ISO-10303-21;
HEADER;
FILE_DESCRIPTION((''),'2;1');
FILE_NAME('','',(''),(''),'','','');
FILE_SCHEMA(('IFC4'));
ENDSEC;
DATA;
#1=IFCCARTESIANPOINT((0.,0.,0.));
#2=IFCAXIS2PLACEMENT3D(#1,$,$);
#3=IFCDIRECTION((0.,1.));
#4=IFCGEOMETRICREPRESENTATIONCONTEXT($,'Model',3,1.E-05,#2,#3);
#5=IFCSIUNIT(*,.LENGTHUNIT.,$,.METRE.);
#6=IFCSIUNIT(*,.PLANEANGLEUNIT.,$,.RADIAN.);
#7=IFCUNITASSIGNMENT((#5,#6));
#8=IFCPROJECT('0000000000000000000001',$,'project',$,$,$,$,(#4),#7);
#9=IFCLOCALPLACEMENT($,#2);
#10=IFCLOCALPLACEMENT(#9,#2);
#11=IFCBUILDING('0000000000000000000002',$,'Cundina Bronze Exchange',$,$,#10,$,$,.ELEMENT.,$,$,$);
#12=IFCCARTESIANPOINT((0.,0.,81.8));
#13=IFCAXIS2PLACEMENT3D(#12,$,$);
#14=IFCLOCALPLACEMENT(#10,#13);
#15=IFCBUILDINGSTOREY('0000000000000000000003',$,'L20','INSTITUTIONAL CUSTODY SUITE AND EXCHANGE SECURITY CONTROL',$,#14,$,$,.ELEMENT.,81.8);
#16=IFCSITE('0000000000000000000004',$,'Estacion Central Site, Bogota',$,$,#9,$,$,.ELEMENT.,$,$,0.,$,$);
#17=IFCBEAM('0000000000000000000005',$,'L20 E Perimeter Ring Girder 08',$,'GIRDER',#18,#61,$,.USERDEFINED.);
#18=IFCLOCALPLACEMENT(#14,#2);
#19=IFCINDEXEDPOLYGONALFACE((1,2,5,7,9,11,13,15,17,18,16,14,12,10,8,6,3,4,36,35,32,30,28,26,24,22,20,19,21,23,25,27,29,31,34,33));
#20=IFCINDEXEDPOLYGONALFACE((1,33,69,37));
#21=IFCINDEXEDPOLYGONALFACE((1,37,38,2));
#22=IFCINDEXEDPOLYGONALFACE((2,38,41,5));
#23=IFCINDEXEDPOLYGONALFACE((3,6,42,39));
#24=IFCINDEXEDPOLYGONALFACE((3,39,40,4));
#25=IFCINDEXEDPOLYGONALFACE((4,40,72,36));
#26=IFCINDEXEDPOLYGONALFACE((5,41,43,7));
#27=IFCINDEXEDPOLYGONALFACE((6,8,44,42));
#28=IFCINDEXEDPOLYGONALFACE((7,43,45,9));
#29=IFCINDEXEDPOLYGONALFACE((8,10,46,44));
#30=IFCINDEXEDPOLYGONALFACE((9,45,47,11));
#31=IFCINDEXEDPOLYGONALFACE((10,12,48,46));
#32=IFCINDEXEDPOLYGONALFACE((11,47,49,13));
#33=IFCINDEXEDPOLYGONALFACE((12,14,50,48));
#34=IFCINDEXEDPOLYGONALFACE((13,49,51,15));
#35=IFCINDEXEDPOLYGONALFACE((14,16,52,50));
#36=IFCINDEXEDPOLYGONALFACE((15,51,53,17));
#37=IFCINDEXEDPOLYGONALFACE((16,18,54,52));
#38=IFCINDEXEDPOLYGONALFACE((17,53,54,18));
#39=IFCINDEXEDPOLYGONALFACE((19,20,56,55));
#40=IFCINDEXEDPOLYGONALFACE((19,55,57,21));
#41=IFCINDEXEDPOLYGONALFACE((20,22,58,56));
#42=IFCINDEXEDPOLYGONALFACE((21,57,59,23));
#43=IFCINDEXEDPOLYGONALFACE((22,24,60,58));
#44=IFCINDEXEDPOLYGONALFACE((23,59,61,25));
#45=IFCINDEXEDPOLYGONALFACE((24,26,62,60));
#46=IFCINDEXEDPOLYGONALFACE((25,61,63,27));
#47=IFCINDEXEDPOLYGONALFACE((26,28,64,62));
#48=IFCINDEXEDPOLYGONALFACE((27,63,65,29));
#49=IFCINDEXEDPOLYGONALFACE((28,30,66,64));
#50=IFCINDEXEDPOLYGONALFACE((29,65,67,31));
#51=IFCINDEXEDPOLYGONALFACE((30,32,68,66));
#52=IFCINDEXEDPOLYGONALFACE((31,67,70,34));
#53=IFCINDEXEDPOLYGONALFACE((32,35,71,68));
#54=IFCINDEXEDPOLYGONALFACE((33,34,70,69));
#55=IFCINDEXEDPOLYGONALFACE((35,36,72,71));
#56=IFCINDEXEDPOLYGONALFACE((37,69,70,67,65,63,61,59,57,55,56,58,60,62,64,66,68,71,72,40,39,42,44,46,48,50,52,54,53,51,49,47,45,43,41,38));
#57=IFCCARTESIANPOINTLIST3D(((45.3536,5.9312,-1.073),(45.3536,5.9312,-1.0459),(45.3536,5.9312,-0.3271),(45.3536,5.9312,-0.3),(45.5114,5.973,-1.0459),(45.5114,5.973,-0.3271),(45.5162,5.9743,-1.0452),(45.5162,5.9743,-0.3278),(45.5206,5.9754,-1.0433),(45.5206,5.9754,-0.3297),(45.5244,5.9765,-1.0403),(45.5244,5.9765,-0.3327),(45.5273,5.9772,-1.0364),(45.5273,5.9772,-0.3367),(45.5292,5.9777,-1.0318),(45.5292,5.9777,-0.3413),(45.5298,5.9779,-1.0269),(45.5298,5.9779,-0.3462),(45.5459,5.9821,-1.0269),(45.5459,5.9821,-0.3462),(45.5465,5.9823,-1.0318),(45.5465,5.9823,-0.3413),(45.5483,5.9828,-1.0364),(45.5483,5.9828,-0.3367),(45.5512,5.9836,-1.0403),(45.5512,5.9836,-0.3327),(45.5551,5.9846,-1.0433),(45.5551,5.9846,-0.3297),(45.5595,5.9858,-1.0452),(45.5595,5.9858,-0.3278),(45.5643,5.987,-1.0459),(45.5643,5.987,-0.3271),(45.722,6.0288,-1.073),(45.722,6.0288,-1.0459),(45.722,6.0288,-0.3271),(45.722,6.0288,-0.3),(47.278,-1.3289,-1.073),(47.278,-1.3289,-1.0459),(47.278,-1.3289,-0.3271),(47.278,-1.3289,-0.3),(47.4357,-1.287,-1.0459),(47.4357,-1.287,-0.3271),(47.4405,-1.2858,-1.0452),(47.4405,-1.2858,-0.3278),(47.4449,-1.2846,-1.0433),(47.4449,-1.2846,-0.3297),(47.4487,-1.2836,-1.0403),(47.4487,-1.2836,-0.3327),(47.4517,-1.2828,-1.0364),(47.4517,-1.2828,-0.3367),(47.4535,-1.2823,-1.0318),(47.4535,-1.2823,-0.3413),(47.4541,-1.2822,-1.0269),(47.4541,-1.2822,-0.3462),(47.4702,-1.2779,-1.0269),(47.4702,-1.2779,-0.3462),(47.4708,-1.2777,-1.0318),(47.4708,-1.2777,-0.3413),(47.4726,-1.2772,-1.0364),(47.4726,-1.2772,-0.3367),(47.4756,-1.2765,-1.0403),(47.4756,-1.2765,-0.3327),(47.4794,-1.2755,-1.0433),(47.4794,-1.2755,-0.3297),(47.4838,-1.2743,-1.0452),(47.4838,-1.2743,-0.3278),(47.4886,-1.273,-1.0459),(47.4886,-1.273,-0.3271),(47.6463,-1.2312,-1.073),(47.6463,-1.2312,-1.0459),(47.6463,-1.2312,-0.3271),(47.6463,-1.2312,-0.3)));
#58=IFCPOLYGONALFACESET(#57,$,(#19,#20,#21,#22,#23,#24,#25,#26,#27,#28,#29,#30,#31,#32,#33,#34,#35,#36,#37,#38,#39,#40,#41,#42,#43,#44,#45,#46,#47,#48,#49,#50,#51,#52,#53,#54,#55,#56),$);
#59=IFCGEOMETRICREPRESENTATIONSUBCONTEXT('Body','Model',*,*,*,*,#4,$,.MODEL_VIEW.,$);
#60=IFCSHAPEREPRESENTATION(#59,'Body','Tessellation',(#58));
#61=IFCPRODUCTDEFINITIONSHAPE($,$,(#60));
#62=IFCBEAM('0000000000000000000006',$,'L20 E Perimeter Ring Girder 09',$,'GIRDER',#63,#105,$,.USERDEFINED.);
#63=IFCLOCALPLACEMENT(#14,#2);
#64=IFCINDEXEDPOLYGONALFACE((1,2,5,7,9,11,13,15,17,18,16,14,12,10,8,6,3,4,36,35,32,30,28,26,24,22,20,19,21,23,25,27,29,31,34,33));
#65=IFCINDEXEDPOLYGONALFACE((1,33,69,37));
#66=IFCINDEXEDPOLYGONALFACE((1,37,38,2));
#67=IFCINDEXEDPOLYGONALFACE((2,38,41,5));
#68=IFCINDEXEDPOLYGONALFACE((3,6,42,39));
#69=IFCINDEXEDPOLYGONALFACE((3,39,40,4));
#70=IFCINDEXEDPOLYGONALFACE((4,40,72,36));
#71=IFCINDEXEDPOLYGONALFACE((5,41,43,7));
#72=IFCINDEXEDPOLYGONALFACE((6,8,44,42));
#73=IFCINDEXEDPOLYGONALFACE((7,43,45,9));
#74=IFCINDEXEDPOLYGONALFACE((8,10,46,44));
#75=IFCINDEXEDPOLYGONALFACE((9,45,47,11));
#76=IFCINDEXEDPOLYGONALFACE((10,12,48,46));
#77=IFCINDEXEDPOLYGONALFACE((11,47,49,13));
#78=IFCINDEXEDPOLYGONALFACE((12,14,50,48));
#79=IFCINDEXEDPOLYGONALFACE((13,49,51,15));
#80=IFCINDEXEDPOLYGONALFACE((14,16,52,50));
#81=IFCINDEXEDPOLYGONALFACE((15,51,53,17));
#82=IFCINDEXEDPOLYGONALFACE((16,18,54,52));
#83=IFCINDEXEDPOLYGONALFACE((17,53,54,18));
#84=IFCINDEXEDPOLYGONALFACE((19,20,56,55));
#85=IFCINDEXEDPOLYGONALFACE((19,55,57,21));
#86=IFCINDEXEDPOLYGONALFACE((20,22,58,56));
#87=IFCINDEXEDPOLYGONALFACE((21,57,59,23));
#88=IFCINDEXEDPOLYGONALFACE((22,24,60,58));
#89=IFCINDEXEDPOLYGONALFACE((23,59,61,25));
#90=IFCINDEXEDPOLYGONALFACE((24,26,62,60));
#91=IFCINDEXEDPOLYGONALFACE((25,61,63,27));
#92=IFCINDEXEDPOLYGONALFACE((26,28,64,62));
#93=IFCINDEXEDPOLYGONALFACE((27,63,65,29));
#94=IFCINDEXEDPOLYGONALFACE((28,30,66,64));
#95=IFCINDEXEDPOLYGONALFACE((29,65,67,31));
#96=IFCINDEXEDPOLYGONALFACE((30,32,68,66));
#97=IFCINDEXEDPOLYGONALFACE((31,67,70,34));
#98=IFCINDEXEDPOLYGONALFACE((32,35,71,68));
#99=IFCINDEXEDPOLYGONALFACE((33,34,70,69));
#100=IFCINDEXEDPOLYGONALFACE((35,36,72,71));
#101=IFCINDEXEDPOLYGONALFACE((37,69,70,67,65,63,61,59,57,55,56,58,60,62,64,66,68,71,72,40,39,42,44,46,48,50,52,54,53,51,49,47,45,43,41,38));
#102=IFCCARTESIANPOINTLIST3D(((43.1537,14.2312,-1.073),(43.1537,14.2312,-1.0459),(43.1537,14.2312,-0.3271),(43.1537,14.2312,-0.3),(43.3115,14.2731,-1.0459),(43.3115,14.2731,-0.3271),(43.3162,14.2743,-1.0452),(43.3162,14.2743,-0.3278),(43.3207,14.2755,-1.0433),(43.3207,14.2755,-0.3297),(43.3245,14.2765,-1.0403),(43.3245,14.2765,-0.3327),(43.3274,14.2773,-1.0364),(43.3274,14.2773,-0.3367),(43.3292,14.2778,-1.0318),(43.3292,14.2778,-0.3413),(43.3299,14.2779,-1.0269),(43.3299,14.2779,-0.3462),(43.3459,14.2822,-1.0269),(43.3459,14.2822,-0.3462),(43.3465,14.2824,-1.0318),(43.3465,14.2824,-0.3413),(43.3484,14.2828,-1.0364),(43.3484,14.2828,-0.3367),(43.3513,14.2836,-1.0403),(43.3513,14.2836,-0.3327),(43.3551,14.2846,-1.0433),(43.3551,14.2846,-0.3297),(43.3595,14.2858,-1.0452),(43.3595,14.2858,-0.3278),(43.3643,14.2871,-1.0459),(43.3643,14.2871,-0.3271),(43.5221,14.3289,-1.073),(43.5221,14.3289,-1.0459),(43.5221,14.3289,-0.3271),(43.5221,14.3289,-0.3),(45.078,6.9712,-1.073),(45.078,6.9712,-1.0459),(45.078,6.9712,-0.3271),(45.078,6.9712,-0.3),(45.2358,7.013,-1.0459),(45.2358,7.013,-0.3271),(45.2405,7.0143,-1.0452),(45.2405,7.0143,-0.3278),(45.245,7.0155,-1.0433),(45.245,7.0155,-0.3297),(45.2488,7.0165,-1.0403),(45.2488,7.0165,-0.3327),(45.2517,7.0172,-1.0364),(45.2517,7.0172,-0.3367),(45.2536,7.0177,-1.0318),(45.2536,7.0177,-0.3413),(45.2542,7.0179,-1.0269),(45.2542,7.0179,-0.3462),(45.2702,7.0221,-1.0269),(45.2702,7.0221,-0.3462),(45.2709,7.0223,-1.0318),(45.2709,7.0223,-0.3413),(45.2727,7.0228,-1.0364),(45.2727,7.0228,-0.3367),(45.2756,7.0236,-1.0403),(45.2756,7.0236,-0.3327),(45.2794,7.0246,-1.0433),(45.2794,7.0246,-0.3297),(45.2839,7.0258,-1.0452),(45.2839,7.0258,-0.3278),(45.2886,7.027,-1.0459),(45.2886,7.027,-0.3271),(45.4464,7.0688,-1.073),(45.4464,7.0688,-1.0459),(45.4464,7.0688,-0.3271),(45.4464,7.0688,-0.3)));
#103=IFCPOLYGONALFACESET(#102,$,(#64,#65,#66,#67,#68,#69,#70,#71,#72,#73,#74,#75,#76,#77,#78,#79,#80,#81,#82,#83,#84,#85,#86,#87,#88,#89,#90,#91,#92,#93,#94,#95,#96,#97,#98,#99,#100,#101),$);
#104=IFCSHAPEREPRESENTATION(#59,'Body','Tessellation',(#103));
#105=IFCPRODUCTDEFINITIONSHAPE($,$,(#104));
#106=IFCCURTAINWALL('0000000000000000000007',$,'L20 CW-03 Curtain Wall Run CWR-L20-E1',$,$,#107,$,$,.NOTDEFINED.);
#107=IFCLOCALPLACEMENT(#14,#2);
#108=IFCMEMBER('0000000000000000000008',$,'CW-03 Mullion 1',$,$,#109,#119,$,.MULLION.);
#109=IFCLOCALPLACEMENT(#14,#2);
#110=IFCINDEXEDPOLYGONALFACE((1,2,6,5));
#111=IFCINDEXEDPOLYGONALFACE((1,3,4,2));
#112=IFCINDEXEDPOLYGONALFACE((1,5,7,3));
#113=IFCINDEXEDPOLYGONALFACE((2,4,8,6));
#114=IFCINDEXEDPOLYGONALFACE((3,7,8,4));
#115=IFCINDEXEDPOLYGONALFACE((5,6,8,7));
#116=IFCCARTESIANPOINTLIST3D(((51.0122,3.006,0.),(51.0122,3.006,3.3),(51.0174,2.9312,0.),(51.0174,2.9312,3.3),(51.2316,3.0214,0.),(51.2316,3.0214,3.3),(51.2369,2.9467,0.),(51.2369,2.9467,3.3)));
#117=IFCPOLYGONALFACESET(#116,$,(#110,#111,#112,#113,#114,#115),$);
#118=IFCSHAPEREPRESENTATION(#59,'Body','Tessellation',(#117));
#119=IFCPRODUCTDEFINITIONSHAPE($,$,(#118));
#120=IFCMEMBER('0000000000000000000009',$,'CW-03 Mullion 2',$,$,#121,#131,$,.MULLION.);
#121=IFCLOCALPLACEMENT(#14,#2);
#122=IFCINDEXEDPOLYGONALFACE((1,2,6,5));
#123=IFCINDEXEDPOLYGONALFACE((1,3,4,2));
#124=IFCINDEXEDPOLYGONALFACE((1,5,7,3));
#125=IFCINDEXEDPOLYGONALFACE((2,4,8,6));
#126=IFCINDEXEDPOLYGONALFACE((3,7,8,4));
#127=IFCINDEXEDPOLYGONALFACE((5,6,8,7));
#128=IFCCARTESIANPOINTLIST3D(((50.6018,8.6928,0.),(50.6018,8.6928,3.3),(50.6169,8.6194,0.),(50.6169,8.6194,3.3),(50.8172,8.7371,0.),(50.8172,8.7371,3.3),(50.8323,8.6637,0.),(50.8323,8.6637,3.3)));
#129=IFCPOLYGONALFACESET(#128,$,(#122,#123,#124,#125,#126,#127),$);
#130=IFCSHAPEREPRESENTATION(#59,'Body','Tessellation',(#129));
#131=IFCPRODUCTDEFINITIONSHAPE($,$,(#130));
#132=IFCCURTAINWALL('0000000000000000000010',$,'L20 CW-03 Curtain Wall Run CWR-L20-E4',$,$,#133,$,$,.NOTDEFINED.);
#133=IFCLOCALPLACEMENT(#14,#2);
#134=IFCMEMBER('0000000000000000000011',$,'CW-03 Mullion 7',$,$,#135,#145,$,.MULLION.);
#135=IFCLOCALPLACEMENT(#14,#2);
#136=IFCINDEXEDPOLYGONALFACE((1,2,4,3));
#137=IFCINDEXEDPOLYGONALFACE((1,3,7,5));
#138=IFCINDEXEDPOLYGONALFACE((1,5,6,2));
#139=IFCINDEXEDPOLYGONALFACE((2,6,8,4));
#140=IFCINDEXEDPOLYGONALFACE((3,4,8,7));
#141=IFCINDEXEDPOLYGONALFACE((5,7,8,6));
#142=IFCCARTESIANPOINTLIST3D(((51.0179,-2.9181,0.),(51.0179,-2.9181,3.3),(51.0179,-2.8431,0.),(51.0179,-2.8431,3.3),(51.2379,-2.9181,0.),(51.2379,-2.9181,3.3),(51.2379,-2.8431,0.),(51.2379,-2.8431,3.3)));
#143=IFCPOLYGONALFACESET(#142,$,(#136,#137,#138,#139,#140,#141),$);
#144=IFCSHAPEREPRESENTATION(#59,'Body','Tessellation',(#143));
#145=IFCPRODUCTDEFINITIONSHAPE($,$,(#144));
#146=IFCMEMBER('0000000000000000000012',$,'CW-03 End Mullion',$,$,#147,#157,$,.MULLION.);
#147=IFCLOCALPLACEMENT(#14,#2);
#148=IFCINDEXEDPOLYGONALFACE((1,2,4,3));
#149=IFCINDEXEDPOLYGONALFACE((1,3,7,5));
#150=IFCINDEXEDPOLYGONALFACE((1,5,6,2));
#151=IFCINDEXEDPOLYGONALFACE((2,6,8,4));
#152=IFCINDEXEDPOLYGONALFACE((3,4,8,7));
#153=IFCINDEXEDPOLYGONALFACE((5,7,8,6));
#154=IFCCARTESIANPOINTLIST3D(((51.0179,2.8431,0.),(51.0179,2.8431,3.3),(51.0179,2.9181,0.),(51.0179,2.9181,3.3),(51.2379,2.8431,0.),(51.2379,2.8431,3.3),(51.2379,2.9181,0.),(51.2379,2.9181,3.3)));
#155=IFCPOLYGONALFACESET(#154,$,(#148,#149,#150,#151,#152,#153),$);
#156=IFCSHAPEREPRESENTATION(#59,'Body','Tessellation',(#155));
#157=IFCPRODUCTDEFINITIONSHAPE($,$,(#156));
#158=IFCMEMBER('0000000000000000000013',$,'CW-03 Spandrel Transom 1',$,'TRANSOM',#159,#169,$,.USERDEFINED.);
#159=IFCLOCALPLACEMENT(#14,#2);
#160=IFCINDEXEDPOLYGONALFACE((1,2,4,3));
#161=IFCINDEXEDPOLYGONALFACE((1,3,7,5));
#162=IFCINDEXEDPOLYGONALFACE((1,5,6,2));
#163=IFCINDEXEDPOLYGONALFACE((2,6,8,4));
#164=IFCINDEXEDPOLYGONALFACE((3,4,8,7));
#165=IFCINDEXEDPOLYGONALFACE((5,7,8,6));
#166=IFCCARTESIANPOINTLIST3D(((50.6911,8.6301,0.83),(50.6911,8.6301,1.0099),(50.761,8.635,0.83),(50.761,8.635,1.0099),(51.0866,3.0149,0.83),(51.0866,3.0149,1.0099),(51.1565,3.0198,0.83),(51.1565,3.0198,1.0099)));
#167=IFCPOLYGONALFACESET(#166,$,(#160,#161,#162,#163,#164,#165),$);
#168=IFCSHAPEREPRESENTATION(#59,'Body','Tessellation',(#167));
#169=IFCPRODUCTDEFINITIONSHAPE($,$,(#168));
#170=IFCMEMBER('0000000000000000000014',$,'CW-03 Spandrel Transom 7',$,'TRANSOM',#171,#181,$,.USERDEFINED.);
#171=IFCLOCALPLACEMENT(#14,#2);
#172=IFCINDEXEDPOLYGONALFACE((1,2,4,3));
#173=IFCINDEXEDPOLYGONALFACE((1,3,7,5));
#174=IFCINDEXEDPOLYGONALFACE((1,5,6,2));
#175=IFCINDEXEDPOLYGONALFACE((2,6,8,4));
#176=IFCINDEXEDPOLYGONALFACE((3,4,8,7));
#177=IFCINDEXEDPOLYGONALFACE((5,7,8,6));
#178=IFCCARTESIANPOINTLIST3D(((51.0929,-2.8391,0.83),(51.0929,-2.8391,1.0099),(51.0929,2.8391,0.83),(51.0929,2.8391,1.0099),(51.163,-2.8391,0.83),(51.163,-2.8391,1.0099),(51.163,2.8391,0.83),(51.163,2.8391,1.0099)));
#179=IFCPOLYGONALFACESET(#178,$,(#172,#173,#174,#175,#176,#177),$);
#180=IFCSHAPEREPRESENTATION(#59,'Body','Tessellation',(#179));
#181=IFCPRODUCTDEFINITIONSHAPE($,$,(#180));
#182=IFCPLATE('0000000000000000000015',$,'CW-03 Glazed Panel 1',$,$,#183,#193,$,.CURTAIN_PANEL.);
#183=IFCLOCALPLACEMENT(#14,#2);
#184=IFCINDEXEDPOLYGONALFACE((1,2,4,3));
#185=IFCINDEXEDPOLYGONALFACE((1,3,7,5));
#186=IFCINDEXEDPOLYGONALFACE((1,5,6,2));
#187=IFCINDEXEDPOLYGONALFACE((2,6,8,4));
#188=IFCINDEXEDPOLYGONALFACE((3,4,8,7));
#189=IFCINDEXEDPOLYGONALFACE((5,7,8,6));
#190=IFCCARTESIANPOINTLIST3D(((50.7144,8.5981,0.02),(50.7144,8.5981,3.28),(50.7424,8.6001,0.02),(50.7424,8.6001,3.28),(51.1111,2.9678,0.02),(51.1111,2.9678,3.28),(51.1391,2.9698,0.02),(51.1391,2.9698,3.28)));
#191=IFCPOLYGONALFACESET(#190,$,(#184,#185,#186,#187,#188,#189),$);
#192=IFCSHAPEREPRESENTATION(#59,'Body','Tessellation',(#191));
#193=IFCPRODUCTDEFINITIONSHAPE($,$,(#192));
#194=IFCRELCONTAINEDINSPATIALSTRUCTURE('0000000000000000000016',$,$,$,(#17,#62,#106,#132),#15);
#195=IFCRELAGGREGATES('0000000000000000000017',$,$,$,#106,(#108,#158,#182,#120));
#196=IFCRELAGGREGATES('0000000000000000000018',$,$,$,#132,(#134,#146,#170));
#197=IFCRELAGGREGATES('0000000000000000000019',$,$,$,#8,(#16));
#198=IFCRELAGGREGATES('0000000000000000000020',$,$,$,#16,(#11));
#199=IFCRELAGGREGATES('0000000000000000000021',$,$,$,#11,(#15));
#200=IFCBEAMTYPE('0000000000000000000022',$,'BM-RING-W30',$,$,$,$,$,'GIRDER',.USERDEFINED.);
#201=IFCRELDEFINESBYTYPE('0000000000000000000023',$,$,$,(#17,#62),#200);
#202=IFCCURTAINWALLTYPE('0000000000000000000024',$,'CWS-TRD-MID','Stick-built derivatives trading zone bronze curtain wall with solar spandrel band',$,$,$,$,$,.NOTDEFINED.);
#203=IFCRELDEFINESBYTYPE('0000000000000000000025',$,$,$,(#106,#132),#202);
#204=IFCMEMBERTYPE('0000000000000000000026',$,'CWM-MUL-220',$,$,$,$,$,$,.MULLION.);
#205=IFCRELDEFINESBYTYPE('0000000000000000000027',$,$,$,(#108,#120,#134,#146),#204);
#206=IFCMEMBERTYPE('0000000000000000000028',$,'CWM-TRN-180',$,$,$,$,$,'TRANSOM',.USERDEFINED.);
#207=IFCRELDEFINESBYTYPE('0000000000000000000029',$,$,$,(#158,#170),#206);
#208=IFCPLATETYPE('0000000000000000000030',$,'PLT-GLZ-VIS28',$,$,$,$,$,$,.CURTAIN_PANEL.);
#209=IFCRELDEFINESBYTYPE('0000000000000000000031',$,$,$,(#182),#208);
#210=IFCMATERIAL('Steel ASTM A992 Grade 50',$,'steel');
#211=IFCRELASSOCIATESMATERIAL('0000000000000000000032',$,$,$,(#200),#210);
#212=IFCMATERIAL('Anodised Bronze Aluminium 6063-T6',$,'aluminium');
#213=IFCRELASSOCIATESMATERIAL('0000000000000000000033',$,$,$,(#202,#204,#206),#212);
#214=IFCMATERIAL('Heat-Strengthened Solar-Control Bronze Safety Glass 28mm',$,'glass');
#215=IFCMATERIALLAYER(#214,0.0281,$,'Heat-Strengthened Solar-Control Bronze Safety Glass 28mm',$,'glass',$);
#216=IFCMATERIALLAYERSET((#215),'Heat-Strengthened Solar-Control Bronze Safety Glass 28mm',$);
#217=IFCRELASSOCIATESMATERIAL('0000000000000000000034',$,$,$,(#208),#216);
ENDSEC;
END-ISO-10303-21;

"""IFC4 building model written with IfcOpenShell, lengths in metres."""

from ifc_helpers import new_model, si_unit, direction, frame, origin, origin_2d, place, context, subcontext, project, spatial, rectangle, i_section, extrude, material, layer, layer_set, material_profile, profile_set, type_object, element, aggregate, save


model = new_model("IFC4")

# Units and contexts
model_context = context("Model", 3, precision=1e-05, world=origin(), true_north=direction((0.0, 1.0)))
body_context = subcontext(model_context, "Body", "Model", "MODEL_VIEW")
ifc_project = project(units=[si_unit("LENGTHUNIT", "METRE"), si_unit("PLANEANGLEUNIT", "RADIAN")], contexts=[model_context])

# Site, building, storey
site_placement = place(None, origin())
site = spatial("IfcSite", under=ifc_project, at=site_placement, Name="Estacion Central Site, Bogota", CompositionType="ELEMENT", RefElevation=0.0)
building_placement = place(site_placement, origin())
building = spatial("IfcBuilding", under=site, at=building_placement, Name="Cundina Bronze Exchange", CompositionType="ELEMENT")
storey_placement = place(building_placement, frame((0.0, 0.0, 81.8)))
storey = spatial("IfcBuildingStorey", under=building, at=storey_placement, Name="L20", Description="INSTITUTIONAL CUSTODY SUITE AND EXCHANGE SECURITY CONTROL", CompositionType="ELEMENT", Elevation=81.8)

# Beams
ifc_material_1 = material(Name="Steel ASTM A992 Grade 50", Category="steel")
ifc_material_profile_1 = material_profile(ifc_material_1, i_section(OverallWidth=0.3811, OverallDepth=0.7729, WebThickness=0.0166, FlangeThickness=0.0271, FilletRadius=0.019, at=origin_2d()), Name="W30X173", Category="steel")
ifc_profile_set_1 = profile_set([ifc_material_profile_1], Name="Steel ASTM A992 Grade 50")
beam_type_1 = type_object("IfcBeamType", Name="BM-RING-W30", ElementType="GIRDER", PredefinedType="USERDEFINED", material=ifc_profile_set_1)
for number, where, z_axis, x_axis, name in (
    (1, (47.4622, -1.28, -0.6865), (-0.25621, 0.966621, 0.0), (-0.966621, -0.25621, 0.0), "L20 E Perimeter Ring Girder 08"),
    (2, (45.2622, 7.02, -0.6865), (-0.25621, 0.966621, 0.0), (-0.966621, -0.25621, 0.0), "L20 E Perimeter Ring Girder 09"),
):
    element("IfcBeam", number, at=place(storey_placement, frame(where, z_axis=z_axis, x_axis=x_axis)), inside=storey, type_object=beam_type_1, Name=name, ObjectType="GIRDER", PredefinedType="USERDEFINED", context=body_context, shape_type="SweptSolid", body=[
        extrude(i_section(OverallWidth=0.3811, OverallDepth=0.7729, WebThickness=0.0166, FlangeThickness=0.0271, FilletRadius=0.019, at=origin_2d()), origin(), (0.0, 0.0, 1.0), 7.5107),
    ])

# Curtain walls, members
ifc_material_2 = material(Name="Anodised Bronze Aluminium 6063-T6", Category="aluminium")
curtain_wall_type = type_object("IfcCurtainWallType", Name="CWS-TRD-MID", Description="Stick-built derivatives trading zone bronze curtain wall with solar spandrel band", PredefinedType="NOTDEFINED", material=ifc_material_2)
curtain_wall_1_placement = place(storey_placement, origin())
curtain_wall_1 = element("IfcCurtainWall", 3, at=curtain_wall_1_placement, inside=storey, type_object=curtain_wall_type, Name="L20 CW-03 Curtain Wall Run CWR-L20-E1", PredefinedType="NOTDEFINED")
ifc_material_profile_2 = material_profile(ifc_material_2, rectangle(XDim=0.075, YDim=0.22, at=origin_2d()), Name="AL75X220", Category="aluminium")
ifc_profile_set_2 = profile_set([ifc_material_profile_2], Name="Anodised Bronze Aluminium 6063-T6")
member_type_1 = type_object("IfcMemberType", Name="CWM-MUL-220", PredefinedType="MULLION", material=ifc_profile_set_2)
member_1_placement = place(storey_placement, frame((51.1245, 2.9763, 0.0), z_axis=(0.0, 0.0, 1.0), x_axis=(-0.070279, 0.997527, 0.0)))
member_1 = element("IfcMember", 4, at=member_1_placement, type_object=member_type_1, Name="CW-03 Mullion 1", PredefinedType="MULLION", context=body_context, shape_type="SweptSolid", body=[
    extrude(rectangle(XDim=0.075, YDim=0.22, at=origin_2d()), origin(), (0.0, 0.0, 1.0), 3.3),
])
member_2_placement = place(storey_placement, frame((50.717, 8.6782, 0.0), z_axis=(0.0, 0.0, 1.0), x_axis=(-0.20142, 0.979505, 0.0)))
member_2 = element("IfcMember", 5, at=member_2_placement, type_object=member_type_1, Name="CW-03 Mullion 2", PredefinedType="MULLION", context=body_context, shape_type="SweptSolid", body=[
    extrude(rectangle(XDim=0.075, YDim=0.22, at=origin_2d()), origin(), (0.0, 0.0, 1.0), 3.3),
])
curtain_wall_2_placement = place(storey_placement, origin())
curtain_wall_2 = element("IfcCurtainWall", 6, at=curtain_wall_2_placement, inside=storey, type_object=curtain_wall_type, Name="L20 CW-03 Curtain Wall Run CWR-L20-E4", PredefinedType="NOTDEFINED")
member_3_placement = place(storey_placement, frame((51.1279, -2.8806, 0.0), z_axis=(0.0, 0.0, 1.0), x_axis=(0.0, 1.0, 0.0)))
member_3 = element("IfcMember", 7, at=member_3_placement, type_object=member_type_1, Name="CW-03 Mullion 7", PredefinedType="MULLION", context=body_context, shape_type="SweptSolid", body=[
    extrude(rectangle(XDim=0.075, YDim=0.22, at=origin_2d()), origin(), (0.0, 0.0, 1.0), 3.3),
])
member_4_placement = place(storey_placement, frame((51.1279, 2.8806, 0.0), z_axis=(0.0, 0.0, 1.0), x_axis=(0.0, 1.0, 0.0)))
member_4 = element("IfcMember", 8, at=member_4_placement, type_object=member_type_1, Name="CW-03 End Mullion", PredefinedType="MULLION", context=body_context, shape_type="SweptSolid", body=[
    extrude(rectangle(XDim=0.075, YDim=0.22, at=origin_2d()), origin(), (0.0, 0.0, 1.0), 3.3),
])

# Members
ifc_material_profile_3 = material_profile(ifc_material_2, rectangle(XDim=0.0701, YDim=0.1799, at=origin_2d()), Name="AL70X180", Category="aluminium")
ifc_profile_set_3 = profile_set([ifc_material_profile_3], Name="Anodised Bronze Aluminium 6063-T6")
member_type_2 = type_object("IfcMemberType", Name="CWM-TRN-180", ElementType="TRANSOM", PredefinedType="USERDEFINED", material=ifc_profile_set_3)
member_5_placement = place(storey_placement, frame((51.1216, 3.0173, 0.9199), z_axis=(-0.070261, 0.997529, 0.0), x_axis=(-0.997529, -0.070261, 0.0)))
member_5 = element("IfcMember", 9, at=member_5_placement, type_object=member_type_2, Name="CW-03 Spandrel Transom 1", ObjectType="TRANSOM", PredefinedType="USERDEFINED", context=body_context, shape_type="SweptSolid", body=[
    extrude(rectangle(XDim=0.0701, YDim=0.1799, at=origin_2d()), origin(), (0.0, 0.0, 1.0), 5.6292),
])
member_6_placement = place(storey_placement, frame((51.1279, -2.8391, 0.9199), z_axis=(0.0, 1.0, 0.0), x_axis=(-1.0, 0.0, 0.0)))
member_6 = element("IfcMember", 10, at=member_6_placement, type_object=member_type_2, Name="CW-03 Spandrel Transom 7", ObjectType="TRANSOM", PredefinedType="USERDEFINED", context=body_context, shape_type="SweptSolid", body=[
    extrude(rectangle(XDim=0.0701, YDim=0.1799, at=origin_2d()), origin(), (0.0, 0.0, 1.0), 5.6782),
])

# Plate
ifc_material_3 = material(Name="Heat-Strengthened Solar-Control Bronze Safety Glass 28mm", Category="glass")
ifc_layer_1 = layer(ifc_material_3, 0.0281, Name="Heat-Strengthened Solar-Control Bronze Safety Glass 28mm", Category="glass")
ifc_layer_set_1 = layer_set([ifc_layer_1], Name="Heat-Strengthened Solar-Control Bronze Safety Glass 28mm")
plate_type_1 = type_object("IfcPlateType", Name="PLT-GLZ-VIS28", PredefinedType="CURTAIN_PANEL", material=ifc_layer_set_1)
plate_1_placement = place(storey_placement, frame((50.9268, 5.7839, 0.02), z_axis=(0.0, 0.0, 1.0), x_axis=(-0.070279, 0.997527, 0.0)))
plate_1 = element("IfcPlate", 11, at=plate_1_placement, type_object=plate_type_1, Name="CW-03 Glazed Panel 1", PredefinedType="CURTAIN_PANEL", context=body_context, shape_type="SweptSolid", body=[
    extrude(rectangle(XDim=5.6443, YDim=0.0281, at=origin_2d()), origin(), (0.0, 0.0, 1.0), 3.26),
])
aggregate(curtain_wall_1, [member_1, member_5, plate_1, member_2])
aggregate(curtain_wall_2, [member_3, member_4, member_6])

save(model, "model.ifc")
